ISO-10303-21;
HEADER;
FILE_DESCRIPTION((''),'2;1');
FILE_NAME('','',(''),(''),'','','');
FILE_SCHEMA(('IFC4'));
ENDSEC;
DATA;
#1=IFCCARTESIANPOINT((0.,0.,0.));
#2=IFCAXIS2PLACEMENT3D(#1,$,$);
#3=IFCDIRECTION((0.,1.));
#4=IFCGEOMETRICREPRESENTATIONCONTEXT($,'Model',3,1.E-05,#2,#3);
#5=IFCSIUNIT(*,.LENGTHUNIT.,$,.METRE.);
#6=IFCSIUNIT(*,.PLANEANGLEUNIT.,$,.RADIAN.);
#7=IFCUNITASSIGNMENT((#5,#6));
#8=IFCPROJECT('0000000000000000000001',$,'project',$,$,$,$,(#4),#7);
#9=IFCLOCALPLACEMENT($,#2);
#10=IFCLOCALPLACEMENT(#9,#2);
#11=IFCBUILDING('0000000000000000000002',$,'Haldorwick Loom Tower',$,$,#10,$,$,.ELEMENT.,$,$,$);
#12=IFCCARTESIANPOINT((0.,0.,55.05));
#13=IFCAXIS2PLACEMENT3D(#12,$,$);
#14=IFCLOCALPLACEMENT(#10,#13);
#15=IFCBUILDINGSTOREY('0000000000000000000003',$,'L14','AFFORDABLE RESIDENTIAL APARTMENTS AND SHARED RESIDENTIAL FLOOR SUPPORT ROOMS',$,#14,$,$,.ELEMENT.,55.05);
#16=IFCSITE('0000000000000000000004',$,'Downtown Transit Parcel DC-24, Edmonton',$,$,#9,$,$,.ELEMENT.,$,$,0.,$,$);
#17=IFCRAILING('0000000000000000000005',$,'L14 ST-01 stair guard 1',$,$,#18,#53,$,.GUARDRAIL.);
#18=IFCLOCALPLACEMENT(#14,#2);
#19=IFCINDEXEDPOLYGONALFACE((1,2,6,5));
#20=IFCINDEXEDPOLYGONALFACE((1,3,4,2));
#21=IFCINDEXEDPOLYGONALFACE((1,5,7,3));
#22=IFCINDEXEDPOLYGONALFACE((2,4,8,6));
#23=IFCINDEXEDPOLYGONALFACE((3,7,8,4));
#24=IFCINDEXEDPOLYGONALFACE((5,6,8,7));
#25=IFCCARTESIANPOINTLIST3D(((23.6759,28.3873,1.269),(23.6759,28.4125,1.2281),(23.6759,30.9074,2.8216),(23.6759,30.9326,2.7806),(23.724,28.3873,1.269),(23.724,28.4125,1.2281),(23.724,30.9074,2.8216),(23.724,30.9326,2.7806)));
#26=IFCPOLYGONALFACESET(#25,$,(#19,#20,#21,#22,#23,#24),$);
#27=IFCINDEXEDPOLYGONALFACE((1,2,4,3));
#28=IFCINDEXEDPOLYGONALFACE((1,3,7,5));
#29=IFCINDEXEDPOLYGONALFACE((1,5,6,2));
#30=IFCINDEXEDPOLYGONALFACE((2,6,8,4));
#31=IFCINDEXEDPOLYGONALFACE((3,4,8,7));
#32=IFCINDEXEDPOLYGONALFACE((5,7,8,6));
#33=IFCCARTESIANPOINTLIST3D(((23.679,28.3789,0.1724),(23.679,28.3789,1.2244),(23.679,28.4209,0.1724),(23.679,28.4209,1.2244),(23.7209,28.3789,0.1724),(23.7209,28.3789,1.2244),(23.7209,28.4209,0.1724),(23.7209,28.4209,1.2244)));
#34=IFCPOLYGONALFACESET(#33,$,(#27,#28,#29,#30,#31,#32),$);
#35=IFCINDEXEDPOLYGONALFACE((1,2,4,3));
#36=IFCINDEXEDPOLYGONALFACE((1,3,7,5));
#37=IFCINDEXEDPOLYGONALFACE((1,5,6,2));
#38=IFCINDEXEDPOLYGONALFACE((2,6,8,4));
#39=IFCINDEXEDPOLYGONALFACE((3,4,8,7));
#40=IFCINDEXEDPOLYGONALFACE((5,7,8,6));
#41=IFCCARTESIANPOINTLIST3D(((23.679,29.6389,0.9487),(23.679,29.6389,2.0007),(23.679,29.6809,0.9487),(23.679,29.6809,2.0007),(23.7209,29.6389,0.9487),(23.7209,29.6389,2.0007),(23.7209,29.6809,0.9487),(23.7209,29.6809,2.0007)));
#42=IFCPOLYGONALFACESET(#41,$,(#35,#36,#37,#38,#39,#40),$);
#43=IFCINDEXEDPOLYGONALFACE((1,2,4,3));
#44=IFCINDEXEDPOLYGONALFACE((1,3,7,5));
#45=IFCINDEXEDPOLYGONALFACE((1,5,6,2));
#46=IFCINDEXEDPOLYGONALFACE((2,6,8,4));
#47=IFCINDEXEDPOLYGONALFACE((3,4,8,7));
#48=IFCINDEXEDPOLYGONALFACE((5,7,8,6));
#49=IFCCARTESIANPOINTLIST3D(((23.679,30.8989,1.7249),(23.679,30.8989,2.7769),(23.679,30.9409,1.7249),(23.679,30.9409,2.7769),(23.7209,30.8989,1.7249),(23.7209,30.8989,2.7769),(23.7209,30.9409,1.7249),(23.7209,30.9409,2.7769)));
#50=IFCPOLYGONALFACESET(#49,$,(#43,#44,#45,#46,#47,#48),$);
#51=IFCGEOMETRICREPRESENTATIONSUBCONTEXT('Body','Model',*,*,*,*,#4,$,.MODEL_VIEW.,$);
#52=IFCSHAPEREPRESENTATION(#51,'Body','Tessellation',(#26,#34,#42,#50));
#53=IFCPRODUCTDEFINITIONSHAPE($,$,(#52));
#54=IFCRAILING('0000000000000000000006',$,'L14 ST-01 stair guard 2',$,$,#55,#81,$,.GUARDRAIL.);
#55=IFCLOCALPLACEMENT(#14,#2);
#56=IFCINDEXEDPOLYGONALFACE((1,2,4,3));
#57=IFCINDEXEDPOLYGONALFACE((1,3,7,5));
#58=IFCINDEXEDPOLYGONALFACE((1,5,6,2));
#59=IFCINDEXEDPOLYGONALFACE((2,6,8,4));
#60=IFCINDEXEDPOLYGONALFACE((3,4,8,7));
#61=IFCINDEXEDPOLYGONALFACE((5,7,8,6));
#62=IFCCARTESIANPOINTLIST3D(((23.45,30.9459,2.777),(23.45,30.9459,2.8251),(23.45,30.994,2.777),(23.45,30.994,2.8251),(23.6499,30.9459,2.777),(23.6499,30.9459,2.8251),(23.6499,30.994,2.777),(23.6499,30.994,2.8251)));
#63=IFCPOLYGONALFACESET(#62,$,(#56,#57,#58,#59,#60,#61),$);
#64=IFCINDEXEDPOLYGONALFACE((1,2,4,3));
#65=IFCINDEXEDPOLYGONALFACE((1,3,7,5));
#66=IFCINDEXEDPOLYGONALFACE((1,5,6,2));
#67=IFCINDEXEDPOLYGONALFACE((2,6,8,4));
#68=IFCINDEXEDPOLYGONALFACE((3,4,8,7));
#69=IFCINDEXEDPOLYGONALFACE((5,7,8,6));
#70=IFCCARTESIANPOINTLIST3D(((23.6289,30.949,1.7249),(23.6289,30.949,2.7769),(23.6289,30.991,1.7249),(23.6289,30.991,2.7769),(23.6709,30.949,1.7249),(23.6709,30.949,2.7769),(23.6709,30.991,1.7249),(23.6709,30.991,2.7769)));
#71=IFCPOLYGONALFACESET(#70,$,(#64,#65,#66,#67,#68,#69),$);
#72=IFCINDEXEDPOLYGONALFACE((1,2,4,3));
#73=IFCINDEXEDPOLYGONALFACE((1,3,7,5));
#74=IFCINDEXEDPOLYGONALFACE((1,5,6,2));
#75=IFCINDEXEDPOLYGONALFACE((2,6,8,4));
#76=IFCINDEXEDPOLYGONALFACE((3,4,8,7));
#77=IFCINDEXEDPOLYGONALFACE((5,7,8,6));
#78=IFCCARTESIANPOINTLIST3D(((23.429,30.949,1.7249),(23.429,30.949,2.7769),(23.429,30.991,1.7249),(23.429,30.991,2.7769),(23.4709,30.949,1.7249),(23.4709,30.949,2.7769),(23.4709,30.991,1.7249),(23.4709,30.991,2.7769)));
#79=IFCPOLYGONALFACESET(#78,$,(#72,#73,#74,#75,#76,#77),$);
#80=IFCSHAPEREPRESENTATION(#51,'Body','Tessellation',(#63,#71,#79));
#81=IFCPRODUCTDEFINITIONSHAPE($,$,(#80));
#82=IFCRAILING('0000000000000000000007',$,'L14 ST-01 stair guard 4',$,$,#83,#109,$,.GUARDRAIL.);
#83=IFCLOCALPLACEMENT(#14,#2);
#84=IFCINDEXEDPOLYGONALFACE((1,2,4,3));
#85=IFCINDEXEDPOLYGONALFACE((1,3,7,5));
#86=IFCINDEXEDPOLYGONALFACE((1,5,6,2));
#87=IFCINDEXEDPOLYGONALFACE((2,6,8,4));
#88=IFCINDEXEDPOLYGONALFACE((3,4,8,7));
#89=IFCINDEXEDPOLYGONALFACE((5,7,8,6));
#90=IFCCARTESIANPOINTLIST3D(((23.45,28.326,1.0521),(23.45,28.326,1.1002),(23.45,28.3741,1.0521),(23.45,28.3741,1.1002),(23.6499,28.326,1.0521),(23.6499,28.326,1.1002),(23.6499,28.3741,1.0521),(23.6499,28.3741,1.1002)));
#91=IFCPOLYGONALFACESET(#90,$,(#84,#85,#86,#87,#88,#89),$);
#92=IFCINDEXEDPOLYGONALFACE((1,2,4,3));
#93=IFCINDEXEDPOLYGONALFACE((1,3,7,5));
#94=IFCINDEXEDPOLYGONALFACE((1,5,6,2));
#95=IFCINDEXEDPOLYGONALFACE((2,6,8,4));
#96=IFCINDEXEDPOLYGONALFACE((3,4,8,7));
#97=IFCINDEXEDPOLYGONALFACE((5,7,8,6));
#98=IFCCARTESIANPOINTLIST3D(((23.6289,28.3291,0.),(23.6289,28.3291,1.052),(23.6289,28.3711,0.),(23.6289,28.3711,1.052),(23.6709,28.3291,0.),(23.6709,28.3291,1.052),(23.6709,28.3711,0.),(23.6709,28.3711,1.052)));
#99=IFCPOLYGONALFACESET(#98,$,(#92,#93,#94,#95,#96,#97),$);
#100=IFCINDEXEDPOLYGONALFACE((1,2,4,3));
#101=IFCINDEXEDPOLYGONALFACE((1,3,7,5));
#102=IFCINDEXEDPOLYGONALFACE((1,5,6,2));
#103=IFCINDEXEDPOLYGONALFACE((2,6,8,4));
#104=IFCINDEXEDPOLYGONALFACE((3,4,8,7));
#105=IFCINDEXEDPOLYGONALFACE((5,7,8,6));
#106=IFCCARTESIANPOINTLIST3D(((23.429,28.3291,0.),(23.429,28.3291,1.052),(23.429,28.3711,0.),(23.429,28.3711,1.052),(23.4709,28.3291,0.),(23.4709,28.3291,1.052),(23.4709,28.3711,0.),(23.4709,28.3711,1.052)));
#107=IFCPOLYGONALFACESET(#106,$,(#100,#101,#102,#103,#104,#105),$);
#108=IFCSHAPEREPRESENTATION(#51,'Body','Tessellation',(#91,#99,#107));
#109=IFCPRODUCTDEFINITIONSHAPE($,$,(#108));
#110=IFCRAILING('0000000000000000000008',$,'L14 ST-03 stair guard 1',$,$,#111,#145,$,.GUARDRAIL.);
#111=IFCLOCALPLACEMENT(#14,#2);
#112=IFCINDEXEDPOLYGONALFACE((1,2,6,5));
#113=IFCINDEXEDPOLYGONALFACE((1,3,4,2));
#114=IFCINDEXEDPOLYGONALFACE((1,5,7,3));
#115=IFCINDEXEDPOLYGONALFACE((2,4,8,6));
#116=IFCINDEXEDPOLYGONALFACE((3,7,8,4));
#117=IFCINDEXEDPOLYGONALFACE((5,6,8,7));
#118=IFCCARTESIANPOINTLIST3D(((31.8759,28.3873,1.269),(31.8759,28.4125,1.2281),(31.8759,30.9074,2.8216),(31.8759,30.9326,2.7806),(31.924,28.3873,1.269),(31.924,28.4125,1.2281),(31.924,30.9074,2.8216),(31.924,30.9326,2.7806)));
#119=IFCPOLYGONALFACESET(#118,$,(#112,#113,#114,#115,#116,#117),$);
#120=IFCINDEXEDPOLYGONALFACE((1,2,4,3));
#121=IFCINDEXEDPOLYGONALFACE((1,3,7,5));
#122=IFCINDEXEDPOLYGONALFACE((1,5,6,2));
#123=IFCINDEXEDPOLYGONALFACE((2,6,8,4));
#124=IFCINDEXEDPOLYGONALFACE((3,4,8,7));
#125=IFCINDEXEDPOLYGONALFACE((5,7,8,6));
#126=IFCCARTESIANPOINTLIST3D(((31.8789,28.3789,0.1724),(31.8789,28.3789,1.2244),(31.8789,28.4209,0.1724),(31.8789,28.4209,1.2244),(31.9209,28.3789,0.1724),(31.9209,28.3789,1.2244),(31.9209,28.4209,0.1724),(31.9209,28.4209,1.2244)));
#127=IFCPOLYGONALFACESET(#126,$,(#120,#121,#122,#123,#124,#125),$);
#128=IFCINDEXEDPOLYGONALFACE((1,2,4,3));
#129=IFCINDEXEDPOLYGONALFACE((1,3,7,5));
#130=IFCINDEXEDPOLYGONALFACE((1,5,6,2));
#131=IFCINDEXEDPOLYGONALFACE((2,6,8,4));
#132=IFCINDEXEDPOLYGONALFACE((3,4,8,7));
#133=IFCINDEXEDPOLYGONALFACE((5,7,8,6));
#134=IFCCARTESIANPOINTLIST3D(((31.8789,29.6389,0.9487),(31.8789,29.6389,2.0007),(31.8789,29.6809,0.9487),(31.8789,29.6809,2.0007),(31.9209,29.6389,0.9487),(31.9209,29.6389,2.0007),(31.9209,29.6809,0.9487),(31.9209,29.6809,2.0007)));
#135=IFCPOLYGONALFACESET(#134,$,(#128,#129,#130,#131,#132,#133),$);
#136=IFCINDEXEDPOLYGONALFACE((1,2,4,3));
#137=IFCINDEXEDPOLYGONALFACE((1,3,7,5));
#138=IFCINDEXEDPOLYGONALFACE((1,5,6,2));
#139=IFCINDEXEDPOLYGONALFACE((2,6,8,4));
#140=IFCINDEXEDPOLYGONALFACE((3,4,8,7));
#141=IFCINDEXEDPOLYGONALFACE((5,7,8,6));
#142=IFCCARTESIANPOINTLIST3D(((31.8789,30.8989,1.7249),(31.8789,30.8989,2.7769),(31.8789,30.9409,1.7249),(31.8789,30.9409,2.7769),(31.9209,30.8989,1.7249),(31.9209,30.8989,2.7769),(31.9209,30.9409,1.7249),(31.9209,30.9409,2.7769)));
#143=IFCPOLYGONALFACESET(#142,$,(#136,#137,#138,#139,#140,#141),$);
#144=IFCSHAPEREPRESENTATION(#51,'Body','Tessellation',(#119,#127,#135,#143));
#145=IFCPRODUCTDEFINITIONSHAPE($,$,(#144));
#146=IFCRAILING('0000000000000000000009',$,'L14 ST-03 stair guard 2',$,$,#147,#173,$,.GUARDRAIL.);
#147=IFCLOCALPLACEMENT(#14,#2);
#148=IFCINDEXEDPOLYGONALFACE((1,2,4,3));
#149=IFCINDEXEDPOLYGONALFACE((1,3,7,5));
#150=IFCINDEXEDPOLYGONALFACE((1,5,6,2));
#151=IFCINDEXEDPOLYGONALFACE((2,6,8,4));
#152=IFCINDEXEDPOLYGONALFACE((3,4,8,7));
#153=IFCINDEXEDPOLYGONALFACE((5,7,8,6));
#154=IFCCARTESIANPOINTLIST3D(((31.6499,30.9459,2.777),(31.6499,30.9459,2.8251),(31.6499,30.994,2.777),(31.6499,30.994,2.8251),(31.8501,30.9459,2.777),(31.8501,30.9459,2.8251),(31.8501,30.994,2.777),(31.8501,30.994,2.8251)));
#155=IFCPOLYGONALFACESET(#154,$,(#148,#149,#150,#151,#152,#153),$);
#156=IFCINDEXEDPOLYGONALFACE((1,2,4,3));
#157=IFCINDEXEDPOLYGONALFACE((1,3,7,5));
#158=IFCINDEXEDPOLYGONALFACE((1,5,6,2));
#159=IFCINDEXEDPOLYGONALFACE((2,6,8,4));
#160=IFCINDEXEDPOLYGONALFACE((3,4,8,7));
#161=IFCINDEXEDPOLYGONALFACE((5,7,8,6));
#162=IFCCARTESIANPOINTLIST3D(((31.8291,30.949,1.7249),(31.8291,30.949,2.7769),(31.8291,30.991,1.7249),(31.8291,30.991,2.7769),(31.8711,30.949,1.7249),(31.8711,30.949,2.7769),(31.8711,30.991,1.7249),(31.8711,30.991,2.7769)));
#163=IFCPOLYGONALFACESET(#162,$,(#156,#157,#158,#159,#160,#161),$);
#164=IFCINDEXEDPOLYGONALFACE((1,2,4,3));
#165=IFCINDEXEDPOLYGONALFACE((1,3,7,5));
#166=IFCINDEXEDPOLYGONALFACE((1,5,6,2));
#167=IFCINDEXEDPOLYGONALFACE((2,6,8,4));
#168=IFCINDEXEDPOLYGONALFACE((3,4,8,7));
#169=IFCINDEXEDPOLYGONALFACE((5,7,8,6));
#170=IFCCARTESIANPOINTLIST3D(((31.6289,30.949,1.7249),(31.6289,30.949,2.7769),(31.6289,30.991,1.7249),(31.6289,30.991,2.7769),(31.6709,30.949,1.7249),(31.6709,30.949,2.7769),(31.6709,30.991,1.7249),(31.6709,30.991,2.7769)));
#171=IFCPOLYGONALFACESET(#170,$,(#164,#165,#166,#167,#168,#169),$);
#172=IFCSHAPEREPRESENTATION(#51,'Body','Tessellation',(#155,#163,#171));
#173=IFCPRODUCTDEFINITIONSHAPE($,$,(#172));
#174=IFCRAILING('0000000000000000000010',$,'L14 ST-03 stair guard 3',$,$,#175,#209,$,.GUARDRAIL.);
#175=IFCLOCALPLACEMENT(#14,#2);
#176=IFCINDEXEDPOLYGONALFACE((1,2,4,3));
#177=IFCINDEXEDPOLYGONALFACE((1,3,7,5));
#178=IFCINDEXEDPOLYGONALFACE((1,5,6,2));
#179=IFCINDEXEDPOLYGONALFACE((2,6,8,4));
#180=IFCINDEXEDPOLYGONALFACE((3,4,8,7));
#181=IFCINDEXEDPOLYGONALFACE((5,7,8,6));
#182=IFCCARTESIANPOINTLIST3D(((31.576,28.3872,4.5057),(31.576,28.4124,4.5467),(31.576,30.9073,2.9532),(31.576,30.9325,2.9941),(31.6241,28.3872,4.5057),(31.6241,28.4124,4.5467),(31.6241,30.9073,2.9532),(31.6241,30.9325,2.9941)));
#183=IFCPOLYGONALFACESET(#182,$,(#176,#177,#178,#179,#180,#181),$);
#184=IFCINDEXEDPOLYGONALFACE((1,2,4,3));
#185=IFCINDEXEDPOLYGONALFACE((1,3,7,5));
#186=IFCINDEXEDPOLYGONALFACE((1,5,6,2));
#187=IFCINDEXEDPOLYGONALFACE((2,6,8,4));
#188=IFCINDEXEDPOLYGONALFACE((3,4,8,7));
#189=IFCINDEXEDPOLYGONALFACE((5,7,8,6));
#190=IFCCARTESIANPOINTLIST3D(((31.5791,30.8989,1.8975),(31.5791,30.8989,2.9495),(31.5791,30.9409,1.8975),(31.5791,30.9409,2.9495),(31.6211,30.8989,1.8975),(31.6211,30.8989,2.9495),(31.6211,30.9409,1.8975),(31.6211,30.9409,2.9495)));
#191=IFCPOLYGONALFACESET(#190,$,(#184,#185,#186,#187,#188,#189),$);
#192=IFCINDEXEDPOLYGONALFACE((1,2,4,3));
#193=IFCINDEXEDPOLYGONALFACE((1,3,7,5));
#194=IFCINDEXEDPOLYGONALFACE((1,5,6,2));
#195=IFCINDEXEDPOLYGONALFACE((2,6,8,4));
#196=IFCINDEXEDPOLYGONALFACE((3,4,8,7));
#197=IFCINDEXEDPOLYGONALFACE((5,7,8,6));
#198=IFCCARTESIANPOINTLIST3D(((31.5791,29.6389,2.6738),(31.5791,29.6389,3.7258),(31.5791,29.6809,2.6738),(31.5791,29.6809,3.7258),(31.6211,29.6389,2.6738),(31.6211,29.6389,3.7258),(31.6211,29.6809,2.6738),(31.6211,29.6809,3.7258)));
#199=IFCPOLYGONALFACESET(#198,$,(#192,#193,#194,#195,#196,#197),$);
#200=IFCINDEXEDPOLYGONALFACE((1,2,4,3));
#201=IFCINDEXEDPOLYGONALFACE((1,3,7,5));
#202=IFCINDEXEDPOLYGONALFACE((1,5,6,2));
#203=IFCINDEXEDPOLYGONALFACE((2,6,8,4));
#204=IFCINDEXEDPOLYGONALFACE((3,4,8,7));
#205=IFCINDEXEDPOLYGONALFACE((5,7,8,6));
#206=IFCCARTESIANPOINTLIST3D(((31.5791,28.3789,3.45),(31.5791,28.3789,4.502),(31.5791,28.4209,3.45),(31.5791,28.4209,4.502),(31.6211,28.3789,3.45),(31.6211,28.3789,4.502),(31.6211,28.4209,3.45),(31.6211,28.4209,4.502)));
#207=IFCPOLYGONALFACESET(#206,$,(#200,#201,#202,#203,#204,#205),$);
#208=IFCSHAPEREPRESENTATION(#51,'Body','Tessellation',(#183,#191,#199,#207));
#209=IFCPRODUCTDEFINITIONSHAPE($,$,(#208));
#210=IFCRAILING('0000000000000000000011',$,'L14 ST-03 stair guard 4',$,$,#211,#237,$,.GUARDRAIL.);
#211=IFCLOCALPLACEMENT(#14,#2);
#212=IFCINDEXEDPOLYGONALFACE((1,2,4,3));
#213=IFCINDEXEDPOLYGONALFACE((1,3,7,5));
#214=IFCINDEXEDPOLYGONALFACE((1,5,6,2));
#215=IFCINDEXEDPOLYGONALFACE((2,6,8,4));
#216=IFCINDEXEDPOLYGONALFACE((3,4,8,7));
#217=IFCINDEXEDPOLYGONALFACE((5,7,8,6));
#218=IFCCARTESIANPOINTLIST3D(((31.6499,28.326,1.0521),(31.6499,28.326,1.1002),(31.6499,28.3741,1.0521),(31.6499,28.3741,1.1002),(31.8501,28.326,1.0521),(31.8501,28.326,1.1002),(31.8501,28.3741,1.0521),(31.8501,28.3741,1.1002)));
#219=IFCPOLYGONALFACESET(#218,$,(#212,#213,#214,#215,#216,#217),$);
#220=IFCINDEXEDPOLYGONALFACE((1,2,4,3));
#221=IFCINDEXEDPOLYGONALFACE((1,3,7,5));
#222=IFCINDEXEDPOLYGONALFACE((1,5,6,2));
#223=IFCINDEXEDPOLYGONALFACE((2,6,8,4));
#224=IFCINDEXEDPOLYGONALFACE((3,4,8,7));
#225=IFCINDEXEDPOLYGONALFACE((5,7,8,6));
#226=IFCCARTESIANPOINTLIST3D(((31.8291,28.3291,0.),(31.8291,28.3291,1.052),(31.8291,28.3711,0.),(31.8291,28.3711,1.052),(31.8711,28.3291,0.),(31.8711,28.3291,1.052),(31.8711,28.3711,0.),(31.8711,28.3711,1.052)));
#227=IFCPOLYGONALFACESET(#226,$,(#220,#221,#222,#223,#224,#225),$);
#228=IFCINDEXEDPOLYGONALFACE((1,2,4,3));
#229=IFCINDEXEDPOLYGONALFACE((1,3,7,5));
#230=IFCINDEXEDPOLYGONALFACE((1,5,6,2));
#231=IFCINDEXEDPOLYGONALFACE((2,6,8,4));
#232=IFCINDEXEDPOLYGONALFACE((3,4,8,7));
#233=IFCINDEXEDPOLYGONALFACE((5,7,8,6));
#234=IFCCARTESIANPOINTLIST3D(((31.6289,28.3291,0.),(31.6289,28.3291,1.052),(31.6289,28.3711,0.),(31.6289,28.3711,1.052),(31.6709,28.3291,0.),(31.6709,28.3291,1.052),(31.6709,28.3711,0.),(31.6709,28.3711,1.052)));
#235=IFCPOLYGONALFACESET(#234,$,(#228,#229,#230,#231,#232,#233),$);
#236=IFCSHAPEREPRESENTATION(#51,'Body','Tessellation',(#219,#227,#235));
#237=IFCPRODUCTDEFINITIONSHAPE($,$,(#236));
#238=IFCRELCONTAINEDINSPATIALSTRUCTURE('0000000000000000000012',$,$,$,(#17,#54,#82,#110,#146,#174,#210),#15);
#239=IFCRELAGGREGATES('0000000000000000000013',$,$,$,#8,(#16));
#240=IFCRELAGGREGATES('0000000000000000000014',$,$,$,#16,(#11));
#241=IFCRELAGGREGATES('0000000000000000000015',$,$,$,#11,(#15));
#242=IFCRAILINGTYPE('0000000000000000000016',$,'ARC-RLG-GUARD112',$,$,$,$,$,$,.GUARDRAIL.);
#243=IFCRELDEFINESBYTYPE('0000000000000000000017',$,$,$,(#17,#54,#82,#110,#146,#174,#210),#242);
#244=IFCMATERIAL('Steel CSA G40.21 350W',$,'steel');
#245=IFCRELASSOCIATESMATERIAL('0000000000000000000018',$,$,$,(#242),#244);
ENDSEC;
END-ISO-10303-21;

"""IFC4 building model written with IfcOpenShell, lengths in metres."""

from ifc_helpers import new_model, si_unit, direction, frame, origin, origin_2d, place, context, subcontext, project, spatial, rectangle, extrude, material, type_object, element, save


model = new_model("IFC4")

# Units and contexts
model_context = context("Model", 3, precision=1e-05, world=origin(), true_north=direction((0.0, 1.0)))
body_context = subcontext(model_context, "Body", "Model", "MODEL_VIEW")
ifc_project = project(units=[si_unit("LENGTHUNIT", "METRE"), si_unit("PLANEANGLEUNIT", "RADIAN")], contexts=[model_context])

# Site, building, storey
site_placement = place(None, origin())
site = spatial("IfcSite", under=ifc_project, at=site_placement, Name="Downtown Transit Parcel DC-24, Edmonton", CompositionType="ELEMENT", RefElevation=0.0)
building_placement = place(site_placement, origin())
building = spatial("IfcBuilding", under=site, at=building_placement, Name="Haldorwick Loom Tower", CompositionType="ELEMENT")
storey_placement = place(building_placement, frame((0.0, 0.0, 55.05)))
storey = spatial("IfcBuildingStorey", under=building, at=storey_placement, Name="L14", Description="AFFORDABLE RESIDENTIAL APARTMENTS AND SHARED RESIDENTIAL FLOOR SUPPORT ROOMS", CompositionType="ELEMENT", Elevation=55.05)

# Shared definitions
ifc_material_1 = material(Name="Steel CSA G40.21 350W", Category="steel")

# Railings
railing_type_1 = type_object("IfcRailingType", Name="ARC-RLG-GUARD112", PredefinedType="GUARDRAIL", material=ifc_material_1)
railing_1_placement = place(storey_placement, frame((23.7, 28.3999, 0.1724)))
element("IfcRailing", 1, at=railing_1_placement, inside=storey, type_object=railing_type_1, Name="L14 ST-01 stair guard 1", PredefinedType="GUARDRAIL", context=body_context, shape_type="SweptSolid", body=[
    extrude(rectangle(XDim=0.0481, YDim=0.0481, at=origin_2d()), frame((0.0, 0.0, 1.0762), z_axis=(0.0, 0.8514, 0.524516), x_axis=(-1.0, 0.0, 0.0)), (0.0, 0.0, 1.0), 2.96),
    extrude(rectangle(XDim=0.042, YDim=0.042, at=origin_2d()), origin(), (0.0, 0.0, 1.0), 1.052),
    extrude(rectangle(XDim=0.042, YDim=0.042, at=origin_2d()), frame((0.0, 1.26, 0.7764)), (0.0, 0.0, 1.0), 1.052),
    extrude(rectangle(XDim=0.042, YDim=0.042, at=origin_2d()), frame((0.0, 2.52, 1.5525)), (0.0, 0.0, 1.0), 1.052),
])
for number, where, name in (
    (2, (23.6499, 30.97, 1.7249), "L14 ST-01 stair guard 2"),
    (3, (23.6499, 28.3501, 0.0), "L14 ST-01 stair guard 4"),
):
    element("IfcRailing", number, at=place(storey_placement, frame(where)), inside=storey, type_object=railing_type_1, Name=name, PredefinedType="GUARDRAIL", context=body_context, shape_type="SweptSolid", body=[
        extrude(rectangle(XDim=0.0481, YDim=0.0481, at=origin_2d()), frame((0.0, 0.0, 1.0762), z_axis=(-1.0, 0.0, 0.0), x_axis=(0.0, -1.0, 0.0)), (0.0, 0.0, 1.0), 0.2),
        extrude(rectangle(XDim=0.042, YDim=0.042, at=origin_2d()), origin(), (0.0, 0.0, 1.0), 1.052),
        extrude(rectangle(XDim=0.042, YDim=0.042, at=origin_2d()), frame((-0.2, 0.0, 0.0)), (0.0, 0.0, 1.0), 1.052),
    ])
railing_2_placement = place(storey_placement, frame((31.8999, 28.3999, 0.1724)))
element("IfcRailing", 4, at=railing_2_placement, inside=storey, type_object=railing_type_1, Name="L14 ST-03 stair guard 1", PredefinedType="GUARDRAIL", context=body_context, shape_type="SweptSolid", body=[
    extrude(rectangle(XDim=0.0481, YDim=0.0481, at=origin_2d()), frame((0.0, 0.0, 1.0762), z_axis=(0.0, 0.8514, 0.524516), x_axis=(-1.0, 0.0, 0.0)), (0.0, 0.0, 1.0), 2.96),
    extrude(rectangle(XDim=0.042, YDim=0.042, at=origin_2d()), origin(), (0.0, 0.0, 1.0), 1.052),
    extrude(rectangle(XDim=0.042, YDim=0.042, at=origin_2d()), frame((0.0, 1.26, 0.7764)), (0.0, 0.0, 1.0), 1.052),
    extrude(rectangle(XDim=0.042, YDim=0.042, at=origin_2d()), frame((0.0, 2.52, 1.5525)), (0.0, 0.0, 1.0), 1.052),
])
railing_3_placement = place(storey_placement, frame((31.8501, 30.97, 1.7249)))
element("IfcRailing", 5, at=railing_3_placement, inside=storey, type_object=railing_type_1, Name="L14 ST-03 stair guard 2", PredefinedType="GUARDRAIL", context=body_context, shape_type="SweptSolid", body=[
    extrude(rectangle(XDim=0.0481, YDim=0.0481, at=origin_2d()), frame((0.0, 0.0, 1.0762), z_axis=(-1.0, 0.0, 0.0), x_axis=(0.0, -1.0, 0.0)), (0.0, 0.0, 1.0), 0.2002),
    extrude(rectangle(XDim=0.042, YDim=0.042, at=origin_2d()), origin(), (0.0, 0.0, 1.0), 1.052),
    extrude(rectangle(XDim=0.042, YDim=0.042, at=origin_2d()), frame((-0.2002, 0.0, 0.0)), (0.0, 0.0, 1.0), 1.052),
])
railing_4_placement = place(storey_placement, frame((31.6001, 30.9199, 1.8975)))
element("IfcRailing", 6, at=railing_4_placement, inside=storey, type_object=railing_type_1, Name="L14 ST-03 stair guard 3", PredefinedType="GUARDRAIL", context=body_context, shape_type="SweptSolid", body=[
    extrude(rectangle(XDim=0.0481, YDim=0.0481, at=origin_2d()), frame((0.0, 0.0, 1.0762), z_axis=(0.0, -0.8514, 0.524516), x_axis=(1.0, 0.0, 0.0)), (0.0, 0.0, 1.0), 2.96),
    extrude(rectangle(XDim=0.042, YDim=0.042, at=origin_2d()), origin(), (0.0, 0.0, 1.0), 1.052),
    extrude(rectangle(XDim=0.042, YDim=0.042, at=origin_2d()), frame((0.0, -1.26, 0.7764)), (0.0, 0.0, 1.0), 1.052),
    extrude(rectangle(XDim=0.042, YDim=0.042, at=origin_2d()), frame((0.0, -2.52, 1.5525)), (0.0, 0.0, 1.0), 1.052),
])
railing_5_placement = place(storey_placement, frame((31.8501, 28.3501, 0.0)))
element("IfcRailing", 7, at=railing_5_placement, inside=storey, type_object=railing_type_1, Name="L14 ST-03 stair guard 4", PredefinedType="GUARDRAIL", context=body_context, shape_type="SweptSolid", body=[
    extrude(rectangle(XDim=0.0481, YDim=0.0481, at=origin_2d()), frame((0.0, 0.0, 1.0762), z_axis=(-1.0, 0.0, 0.0), x_axis=(0.0, -1.0, 0.0)), (0.0, 0.0, 1.0), 0.2002),
    extrude(rectangle(XDim=0.042, YDim=0.042, at=origin_2d()), origin(), (0.0, 0.0, 1.0), 1.052),
    extrude(rectangle(XDim=0.042, YDim=0.042, at=origin_2d()), frame((-0.2002, 0.0, 0.0)), (0.0, 0.0, 1.0), 1.052),
])

save(model, "model.ifc")
